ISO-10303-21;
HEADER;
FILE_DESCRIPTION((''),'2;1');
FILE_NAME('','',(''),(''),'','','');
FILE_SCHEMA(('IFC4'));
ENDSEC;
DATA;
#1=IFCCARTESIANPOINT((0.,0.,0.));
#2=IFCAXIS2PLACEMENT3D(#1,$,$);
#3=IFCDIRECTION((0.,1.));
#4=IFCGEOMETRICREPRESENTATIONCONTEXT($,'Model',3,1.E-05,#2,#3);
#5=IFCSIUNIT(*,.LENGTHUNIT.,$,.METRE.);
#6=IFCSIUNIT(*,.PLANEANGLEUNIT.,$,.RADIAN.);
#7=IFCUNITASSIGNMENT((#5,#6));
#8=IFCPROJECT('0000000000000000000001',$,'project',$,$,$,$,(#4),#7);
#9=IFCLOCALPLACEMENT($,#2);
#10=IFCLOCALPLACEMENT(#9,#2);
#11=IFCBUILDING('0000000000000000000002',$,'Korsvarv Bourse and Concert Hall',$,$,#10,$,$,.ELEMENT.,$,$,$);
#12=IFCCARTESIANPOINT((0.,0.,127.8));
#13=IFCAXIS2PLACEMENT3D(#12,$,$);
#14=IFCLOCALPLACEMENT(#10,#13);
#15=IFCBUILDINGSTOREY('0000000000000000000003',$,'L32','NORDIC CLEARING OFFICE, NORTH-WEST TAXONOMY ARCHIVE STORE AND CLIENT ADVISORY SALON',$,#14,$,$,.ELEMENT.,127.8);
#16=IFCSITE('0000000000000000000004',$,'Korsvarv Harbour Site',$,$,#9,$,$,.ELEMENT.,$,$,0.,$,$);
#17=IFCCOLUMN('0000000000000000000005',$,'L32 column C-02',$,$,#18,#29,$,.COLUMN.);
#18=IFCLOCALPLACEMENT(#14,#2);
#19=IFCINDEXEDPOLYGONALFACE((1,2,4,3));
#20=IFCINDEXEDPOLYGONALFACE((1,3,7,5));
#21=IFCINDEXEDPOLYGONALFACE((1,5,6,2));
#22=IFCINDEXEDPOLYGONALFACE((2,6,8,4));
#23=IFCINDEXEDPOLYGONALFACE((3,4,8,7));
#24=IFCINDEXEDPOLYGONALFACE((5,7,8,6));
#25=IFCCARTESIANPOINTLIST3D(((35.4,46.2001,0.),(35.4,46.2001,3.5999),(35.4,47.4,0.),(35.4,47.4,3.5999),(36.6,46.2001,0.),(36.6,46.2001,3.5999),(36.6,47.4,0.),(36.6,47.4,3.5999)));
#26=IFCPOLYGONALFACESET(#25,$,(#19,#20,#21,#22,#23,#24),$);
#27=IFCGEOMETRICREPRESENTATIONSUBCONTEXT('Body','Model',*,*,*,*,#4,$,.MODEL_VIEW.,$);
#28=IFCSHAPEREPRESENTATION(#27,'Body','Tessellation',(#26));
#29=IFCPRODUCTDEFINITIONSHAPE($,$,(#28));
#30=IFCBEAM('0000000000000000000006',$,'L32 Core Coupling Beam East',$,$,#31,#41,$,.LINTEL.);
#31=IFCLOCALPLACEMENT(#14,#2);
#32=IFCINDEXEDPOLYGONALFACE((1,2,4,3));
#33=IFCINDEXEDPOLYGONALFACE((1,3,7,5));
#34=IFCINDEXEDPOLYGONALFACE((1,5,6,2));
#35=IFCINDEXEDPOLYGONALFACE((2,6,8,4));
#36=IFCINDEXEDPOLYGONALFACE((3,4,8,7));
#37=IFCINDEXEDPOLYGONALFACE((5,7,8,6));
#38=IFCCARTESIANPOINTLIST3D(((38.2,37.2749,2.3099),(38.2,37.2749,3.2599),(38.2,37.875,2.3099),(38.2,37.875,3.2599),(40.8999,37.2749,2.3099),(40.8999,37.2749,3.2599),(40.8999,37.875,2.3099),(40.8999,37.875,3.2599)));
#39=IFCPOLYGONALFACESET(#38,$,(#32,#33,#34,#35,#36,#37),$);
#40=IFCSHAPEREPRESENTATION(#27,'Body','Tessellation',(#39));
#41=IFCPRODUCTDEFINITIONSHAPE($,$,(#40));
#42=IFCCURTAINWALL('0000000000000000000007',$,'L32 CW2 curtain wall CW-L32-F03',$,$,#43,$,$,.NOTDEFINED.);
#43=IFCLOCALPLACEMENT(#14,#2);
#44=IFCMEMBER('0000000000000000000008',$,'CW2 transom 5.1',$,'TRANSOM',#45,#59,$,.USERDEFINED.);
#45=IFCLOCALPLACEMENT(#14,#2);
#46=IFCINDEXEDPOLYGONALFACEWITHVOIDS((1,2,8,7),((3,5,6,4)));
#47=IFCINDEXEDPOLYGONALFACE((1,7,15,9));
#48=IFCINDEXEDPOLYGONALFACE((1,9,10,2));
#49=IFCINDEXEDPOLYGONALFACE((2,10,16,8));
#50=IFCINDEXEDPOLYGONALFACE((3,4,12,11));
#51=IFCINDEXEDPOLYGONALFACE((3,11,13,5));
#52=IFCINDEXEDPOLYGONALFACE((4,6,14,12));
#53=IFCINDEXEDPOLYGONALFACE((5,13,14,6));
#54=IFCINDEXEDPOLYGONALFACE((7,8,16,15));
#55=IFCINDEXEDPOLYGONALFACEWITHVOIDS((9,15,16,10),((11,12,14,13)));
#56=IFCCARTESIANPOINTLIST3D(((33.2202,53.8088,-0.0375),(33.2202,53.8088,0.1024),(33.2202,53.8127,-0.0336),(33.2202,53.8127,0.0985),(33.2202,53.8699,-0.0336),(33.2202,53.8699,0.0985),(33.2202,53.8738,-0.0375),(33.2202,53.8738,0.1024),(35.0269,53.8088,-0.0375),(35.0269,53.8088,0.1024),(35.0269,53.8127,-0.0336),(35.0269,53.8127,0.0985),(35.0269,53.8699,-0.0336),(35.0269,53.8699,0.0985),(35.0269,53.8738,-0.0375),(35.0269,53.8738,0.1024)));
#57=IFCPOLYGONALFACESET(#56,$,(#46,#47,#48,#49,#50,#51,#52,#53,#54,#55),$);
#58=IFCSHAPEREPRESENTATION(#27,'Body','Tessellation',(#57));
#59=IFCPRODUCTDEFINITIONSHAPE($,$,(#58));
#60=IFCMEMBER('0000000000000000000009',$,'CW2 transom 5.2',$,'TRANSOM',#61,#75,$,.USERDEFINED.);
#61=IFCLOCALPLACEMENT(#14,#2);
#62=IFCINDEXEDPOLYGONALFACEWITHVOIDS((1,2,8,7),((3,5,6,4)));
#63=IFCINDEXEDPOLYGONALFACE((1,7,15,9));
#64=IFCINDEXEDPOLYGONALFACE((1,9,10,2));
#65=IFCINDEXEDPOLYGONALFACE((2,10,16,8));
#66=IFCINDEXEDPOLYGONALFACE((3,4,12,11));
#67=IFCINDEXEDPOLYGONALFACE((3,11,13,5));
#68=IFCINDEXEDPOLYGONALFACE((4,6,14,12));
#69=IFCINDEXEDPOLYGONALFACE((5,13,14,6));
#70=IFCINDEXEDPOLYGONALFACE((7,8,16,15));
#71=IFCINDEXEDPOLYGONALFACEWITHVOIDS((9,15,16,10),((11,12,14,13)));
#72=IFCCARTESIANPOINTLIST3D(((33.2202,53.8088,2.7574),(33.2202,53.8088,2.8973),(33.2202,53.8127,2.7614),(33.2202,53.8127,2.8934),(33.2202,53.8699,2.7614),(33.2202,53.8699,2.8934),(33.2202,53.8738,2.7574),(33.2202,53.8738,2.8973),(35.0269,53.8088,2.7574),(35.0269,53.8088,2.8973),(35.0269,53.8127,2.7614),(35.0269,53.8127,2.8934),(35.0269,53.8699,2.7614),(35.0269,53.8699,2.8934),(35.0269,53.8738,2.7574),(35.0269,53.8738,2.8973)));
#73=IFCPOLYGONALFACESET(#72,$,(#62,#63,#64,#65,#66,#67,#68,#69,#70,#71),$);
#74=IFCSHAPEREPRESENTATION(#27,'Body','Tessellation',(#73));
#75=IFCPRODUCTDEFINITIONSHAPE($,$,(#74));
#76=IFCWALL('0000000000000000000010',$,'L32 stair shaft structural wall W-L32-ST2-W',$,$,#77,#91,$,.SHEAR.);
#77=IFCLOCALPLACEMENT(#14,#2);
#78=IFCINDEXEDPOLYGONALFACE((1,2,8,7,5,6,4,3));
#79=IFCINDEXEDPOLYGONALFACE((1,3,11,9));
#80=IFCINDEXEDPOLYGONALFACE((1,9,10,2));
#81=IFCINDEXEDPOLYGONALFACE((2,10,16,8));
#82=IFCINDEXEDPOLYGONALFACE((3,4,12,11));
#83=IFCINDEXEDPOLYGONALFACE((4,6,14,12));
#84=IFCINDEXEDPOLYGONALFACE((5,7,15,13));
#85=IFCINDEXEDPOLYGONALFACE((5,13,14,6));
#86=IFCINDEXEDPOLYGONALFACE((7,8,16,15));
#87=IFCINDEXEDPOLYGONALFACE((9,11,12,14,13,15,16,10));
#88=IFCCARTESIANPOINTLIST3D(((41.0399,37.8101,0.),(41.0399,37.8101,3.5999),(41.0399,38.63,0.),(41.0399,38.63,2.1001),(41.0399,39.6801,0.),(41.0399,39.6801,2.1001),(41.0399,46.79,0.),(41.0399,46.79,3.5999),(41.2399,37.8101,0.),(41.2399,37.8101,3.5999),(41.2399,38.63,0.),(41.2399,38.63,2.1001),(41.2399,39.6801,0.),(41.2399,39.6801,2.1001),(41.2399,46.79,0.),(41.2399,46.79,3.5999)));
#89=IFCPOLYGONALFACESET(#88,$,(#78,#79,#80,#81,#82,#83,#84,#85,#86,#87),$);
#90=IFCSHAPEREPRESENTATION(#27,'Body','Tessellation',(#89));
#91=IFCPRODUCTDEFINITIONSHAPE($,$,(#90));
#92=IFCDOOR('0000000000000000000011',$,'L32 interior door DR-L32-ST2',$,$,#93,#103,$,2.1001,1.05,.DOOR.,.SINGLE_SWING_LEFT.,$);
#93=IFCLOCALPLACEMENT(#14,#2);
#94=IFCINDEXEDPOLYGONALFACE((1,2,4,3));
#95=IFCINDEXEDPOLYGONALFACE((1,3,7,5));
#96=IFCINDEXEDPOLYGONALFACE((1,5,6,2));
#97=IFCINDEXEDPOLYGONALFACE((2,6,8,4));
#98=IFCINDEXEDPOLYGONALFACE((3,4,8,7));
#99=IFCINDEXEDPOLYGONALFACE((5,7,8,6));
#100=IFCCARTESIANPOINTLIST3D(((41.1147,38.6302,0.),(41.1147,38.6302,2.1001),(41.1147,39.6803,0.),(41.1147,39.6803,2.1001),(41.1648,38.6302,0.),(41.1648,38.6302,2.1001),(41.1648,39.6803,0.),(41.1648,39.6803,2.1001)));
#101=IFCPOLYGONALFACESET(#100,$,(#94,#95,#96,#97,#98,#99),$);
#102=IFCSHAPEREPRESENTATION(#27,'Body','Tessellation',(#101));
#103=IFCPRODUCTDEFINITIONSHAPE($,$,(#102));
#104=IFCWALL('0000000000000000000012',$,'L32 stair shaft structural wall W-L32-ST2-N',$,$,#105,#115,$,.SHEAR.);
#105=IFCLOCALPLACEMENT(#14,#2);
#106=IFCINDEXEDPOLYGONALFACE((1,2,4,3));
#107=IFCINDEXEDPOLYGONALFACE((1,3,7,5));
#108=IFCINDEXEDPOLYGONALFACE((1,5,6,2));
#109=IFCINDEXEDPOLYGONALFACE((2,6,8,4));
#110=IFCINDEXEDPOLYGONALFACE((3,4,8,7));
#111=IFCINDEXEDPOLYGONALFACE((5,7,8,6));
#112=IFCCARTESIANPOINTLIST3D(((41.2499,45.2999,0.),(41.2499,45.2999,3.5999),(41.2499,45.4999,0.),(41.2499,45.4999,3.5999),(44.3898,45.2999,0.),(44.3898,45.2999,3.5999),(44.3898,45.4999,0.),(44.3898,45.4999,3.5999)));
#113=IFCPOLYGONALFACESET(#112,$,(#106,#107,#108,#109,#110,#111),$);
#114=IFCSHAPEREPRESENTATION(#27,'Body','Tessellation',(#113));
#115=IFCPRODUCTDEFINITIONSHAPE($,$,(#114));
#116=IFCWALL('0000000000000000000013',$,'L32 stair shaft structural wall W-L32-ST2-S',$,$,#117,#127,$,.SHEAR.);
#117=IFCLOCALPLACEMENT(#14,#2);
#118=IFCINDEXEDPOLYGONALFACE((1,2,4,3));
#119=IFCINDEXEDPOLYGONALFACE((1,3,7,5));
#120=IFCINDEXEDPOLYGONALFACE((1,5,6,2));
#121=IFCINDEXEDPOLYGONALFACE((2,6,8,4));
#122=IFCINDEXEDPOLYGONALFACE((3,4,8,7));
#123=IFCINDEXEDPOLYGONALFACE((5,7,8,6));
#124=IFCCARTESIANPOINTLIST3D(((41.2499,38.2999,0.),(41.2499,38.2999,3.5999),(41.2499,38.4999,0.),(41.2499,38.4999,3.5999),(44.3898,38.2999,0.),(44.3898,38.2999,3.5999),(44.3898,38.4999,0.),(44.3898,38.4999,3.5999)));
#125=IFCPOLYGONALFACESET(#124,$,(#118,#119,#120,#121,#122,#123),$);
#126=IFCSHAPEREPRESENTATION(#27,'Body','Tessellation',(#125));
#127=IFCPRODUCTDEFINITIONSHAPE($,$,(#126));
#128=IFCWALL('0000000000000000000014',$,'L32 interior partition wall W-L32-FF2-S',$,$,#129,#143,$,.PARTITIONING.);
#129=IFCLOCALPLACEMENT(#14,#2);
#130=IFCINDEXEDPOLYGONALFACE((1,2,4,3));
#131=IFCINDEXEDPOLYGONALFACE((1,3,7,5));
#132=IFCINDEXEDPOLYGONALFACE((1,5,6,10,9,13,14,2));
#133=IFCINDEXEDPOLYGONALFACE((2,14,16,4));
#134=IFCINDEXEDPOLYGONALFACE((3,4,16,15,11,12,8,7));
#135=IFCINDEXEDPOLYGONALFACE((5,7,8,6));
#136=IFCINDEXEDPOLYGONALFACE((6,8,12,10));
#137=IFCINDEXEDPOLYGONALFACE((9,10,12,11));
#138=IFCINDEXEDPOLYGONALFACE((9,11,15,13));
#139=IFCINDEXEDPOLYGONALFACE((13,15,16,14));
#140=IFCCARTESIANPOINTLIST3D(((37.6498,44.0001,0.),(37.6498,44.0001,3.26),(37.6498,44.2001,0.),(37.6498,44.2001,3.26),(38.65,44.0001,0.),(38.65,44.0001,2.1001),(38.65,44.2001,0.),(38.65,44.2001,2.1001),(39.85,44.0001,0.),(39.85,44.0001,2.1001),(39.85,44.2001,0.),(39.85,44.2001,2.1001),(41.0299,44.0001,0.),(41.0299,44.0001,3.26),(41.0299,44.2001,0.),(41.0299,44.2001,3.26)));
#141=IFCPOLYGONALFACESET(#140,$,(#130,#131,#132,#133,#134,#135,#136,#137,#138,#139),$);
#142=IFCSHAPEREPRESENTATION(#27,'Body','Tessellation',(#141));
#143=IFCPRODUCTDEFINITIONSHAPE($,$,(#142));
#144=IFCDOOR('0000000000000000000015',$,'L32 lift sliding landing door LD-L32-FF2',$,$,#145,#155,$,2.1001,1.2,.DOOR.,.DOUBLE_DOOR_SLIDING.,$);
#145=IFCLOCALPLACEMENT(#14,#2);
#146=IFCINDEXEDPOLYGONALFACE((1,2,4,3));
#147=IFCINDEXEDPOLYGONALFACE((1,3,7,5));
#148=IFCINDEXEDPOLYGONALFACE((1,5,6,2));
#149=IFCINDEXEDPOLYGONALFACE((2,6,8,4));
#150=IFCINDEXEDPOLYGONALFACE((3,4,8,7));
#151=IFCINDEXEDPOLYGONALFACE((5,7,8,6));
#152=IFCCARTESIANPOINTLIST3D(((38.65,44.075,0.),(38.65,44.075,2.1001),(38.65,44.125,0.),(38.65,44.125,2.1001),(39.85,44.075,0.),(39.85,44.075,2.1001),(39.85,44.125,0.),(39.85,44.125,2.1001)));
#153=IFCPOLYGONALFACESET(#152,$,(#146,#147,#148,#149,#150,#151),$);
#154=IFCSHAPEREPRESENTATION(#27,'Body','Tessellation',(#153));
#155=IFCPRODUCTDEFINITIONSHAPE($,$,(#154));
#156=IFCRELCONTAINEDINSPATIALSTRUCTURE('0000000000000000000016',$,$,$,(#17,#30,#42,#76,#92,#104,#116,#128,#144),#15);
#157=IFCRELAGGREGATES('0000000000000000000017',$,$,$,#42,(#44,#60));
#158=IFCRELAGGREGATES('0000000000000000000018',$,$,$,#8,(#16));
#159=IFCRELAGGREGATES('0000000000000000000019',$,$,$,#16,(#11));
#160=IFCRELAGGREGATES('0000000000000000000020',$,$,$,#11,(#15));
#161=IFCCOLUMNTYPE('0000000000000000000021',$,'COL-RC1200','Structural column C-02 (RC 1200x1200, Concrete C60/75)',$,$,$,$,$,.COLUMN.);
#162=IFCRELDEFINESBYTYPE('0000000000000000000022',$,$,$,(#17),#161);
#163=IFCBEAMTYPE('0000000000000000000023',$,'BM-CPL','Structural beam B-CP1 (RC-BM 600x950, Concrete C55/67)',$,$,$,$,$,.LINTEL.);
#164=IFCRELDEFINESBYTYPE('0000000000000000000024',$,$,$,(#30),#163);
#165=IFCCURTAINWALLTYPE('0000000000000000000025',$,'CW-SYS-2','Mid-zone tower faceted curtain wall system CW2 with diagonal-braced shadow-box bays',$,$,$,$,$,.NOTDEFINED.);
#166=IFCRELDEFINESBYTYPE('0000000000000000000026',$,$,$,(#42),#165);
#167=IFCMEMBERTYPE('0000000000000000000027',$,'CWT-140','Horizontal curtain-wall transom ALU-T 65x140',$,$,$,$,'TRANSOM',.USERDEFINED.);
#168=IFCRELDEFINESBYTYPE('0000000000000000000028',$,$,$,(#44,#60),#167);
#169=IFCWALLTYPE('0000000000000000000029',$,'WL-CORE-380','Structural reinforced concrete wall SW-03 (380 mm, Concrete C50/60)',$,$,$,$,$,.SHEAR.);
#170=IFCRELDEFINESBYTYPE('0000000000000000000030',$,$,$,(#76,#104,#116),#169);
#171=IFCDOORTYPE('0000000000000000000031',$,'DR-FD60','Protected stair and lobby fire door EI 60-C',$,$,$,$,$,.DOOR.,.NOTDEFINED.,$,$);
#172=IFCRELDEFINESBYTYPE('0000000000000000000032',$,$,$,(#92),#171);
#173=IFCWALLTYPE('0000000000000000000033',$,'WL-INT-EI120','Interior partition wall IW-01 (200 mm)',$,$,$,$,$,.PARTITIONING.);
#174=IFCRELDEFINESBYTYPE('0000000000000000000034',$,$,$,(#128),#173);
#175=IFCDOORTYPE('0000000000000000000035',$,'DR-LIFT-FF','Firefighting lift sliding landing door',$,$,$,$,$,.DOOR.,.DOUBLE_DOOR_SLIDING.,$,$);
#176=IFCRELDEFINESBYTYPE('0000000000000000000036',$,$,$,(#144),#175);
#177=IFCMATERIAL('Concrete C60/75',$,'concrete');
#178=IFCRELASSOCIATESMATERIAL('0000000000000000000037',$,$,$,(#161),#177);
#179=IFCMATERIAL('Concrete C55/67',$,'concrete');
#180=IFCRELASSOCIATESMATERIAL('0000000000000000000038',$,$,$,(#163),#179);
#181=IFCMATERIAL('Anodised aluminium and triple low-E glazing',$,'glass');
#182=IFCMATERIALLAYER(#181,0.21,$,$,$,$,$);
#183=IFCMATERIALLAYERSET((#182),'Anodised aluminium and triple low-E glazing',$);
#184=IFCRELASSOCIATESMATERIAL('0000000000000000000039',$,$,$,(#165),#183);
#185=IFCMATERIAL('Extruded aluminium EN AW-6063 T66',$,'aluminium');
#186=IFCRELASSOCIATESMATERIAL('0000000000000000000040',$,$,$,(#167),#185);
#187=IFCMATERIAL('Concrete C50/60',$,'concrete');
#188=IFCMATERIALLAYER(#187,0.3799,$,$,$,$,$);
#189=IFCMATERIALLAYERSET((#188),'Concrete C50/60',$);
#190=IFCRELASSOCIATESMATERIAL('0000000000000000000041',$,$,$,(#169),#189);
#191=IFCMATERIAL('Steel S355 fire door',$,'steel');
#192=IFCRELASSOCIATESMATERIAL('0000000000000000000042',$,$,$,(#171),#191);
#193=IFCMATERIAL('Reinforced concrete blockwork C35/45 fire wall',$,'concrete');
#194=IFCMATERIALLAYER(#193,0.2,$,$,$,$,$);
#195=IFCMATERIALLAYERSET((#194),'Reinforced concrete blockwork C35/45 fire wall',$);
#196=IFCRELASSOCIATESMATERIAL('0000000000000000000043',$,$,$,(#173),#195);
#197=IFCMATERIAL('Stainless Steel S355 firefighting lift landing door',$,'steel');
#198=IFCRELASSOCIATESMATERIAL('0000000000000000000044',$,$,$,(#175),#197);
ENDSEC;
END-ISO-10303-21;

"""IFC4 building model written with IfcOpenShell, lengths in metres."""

from ifc_helpers import new_model, si_unit, direction, frame, frame_2d, origin, origin_2d, place, context, subcontext, project, spatial, rectangle, hollow_rectangle, extrude, source, transform, mapped, material, layer, layer_set, material_profile, profile_set, type_object, element, fill, aggregate, save


model = new_model("IFC4")

# Units and contexts
model_context = context("Model", 3, precision=1e-05, world=origin(), true_north=direction((0.0, 1.0)))
body_context = subcontext(model_context, "Body", "Model", "MODEL_VIEW")
ifc_project = project(units=[si_unit("LENGTHUNIT", "METRE"), si_unit("PLANEANGLEUNIT", "RADIAN")], contexts=[model_context])

# Site, building, storey
site_placement = place(None, origin())
site = spatial("IfcSite", under=ifc_project, at=site_placement, Name="Korsvarv Harbour Site", CompositionType="ELEMENT", RefElevation=0.0)
building_placement = place(site_placement, origin())
building = spatial("IfcBuilding", under=site, at=building_placement, Name="Korsvarv Bourse and Concert Hall", CompositionType="ELEMENT")
storey_placement = place(building_placement, frame((0.0, 0.0, 127.8)))
storey = spatial("IfcBuildingStorey", under=building, at=storey_placement, Name="L32", Description="NORDIC CLEARING OFFICE, NORTH-WEST TAXONOMY ARCHIVE STORE AND CLIENT ADVISORY SALON", CompositionType="ELEMENT", Elevation=127.8)

# Column
ifc_material_1 = material(Name="Concrete C60/75", Category="concrete")
ifc_material_profile_1 = material_profile(ifc_material_1, rectangle(XDim=1.2, YDim=1.2, at=origin_2d()), Name="RC 1200x1200")
ifc_profile_set_1 = profile_set([ifc_material_profile_1], Name="Concrete C60/75")
column_type = type_object("IfcColumnType", Name="COL-RC1200", Description="Structural column C-02 (RC 1200x1200, Concrete C60/75)", PredefinedType="COLUMN", material=ifc_profile_set_1)
shared_shape_1 = source(origin(), body_context, "Body", "SweptSolid", [
    extrude(rectangle(XDim=1.2, YDim=1.2, at=origin_2d()), origin(), (0.0, 0.0, 1.0), 3.5999),
])
column_placement = place(storey_placement, frame((36.0, 46.8, 0.0), z_axis=(0.0, 0.0, 1.0), x_axis=(1.0, 0.0, 0.0)))
element("IfcColumn", 1, at=column_placement, inside=storey, type_object=column_type, Name="L32 column C-02", PredefinedType="COLUMN", context=body_context, shape_type="MappedRepresentation", body=[
    mapped(shared_shape_1, transform((0.0, 0.0, 0.0), scale=1.0)),
])

# Beam
ifc_material_2 = material(Name="Concrete C55/67", Category="concrete")
ifc_material_profile_2 = material_profile(ifc_material_2, rectangle(XDim=0.6001, YDim=0.95, at=origin_2d()), Name="RC-BM 600x950")
ifc_profile_set_2 = profile_set([ifc_material_profile_2], Name="Concrete C55/67")
beam_type = type_object("IfcBeamType", Name="BM-CPL", Description="Structural beam B-CP1 (RC-BM 600x950, Concrete C55/67)", PredefinedType="LINTEL", material=ifc_profile_set_2)
shared_shape_2 = source(origin(), body_context, "Body", "SweptSolid", [
    extrude(rectangle(XDim=0.6001, YDim=0.95, at=origin_2d()), origin(), (0.0, 0.0, 1.0), 2.7),
])
beam_placement = place(storey_placement, frame((38.2, 37.575, 2.7849), z_axis=(1.0, 0.0, 0.0), x_axis=(0.0, 1.0, 0.0)))
element("IfcBeam", 2, at=beam_placement, inside=storey, type_object=beam_type, Name="L32 Core Coupling Beam East", PredefinedType="LINTEL", context=body_context, shape_type="MappedRepresentation", body=[
    mapped(shared_shape_2, transform((0.0, 0.0, 0.0), scale=1.0)),
])

# Curtain wall, members
ifc_material_3 = material(Name="Anodised aluminium and triple low-E glazing", Category="glass")
ifc_layer_1 = layer(ifc_material_3, 0.21)
ifc_layer_set_1 = layer_set([ifc_layer_1], Name="Anodised aluminium and triple low-E glazing")
curtain_wall_type = type_object("IfcCurtainWallType", Name="CW-SYS-2", Description="Mid-zone tower faceted curtain wall system CW2 with diagonal-braced shadow-box bays", PredefinedType="NOTDEFINED", material=ifc_layer_set_1)
curtain_wall_placement = place(storey_placement, origin())
curtain_wall = element("IfcCurtainWall", 3, at=curtain_wall_placement, inside=storey, type_object=curtain_wall_type, Name="L32 CW2 curtain wall CW-L32-F03", PredefinedType="NOTDEFINED")
ifc_material_4 = material(Name="Extruded aluminium EN AW-6063 T66", Category="aluminium")
ifc_material_profile_3 = material_profile(ifc_material_4, hollow_rectangle(XDim=0.0649, YDim=0.1399, WallThickness=0.0039, at=origin_2d()), Name="ALU-T 65x140")
ifc_profile_set_3 = profile_set([ifc_material_profile_3], Name="Extruded aluminium EN AW-6063 T66")
member_type = type_object("IfcMemberType", Name="CWT-140", Description="Horizontal curtain-wall transom ALU-T 65x140", ElementType="TRANSOM", PredefinedType="USERDEFINED", material=ifc_profile_set_3)
shared_shape_3 = source(origin(), body_context, "Body", "SweptSolid", [
    extrude(hollow_rectangle(XDim=0.0649, YDim=0.1399, WallThickness=0.0039, at=origin_2d()), origin(), (0.0, 0.0, 1.0), 1.8066),
])
member_1_placement = place(storey_placement, frame((35.0269, 53.8413, 0.0325), z_axis=(-1.0, 0.0, 0.0), x_axis=(0.0, -1.0, 0.0)))
member_1 = element("IfcMember", 4, at=member_1_placement, type_object=member_type, Name="CW2 transom 5.1", ObjectType="TRANSOM", PredefinedType="USERDEFINED", context=body_context, shape_type="MappedRepresentation", body=[
    mapped(shared_shape_3, transform((0.0, 0.0, 0.0), scale=1.0)),
])
member_2_placement = place(storey_placement, frame((35.0269, 53.8413, 2.8274), z_axis=(-1.0, 0.0, 0.0), x_axis=(0.0, -1.0, 0.0)))
member_2 = element("IfcMember", 5, at=member_2_placement, type_object=member_type, Name="CW2 transom 5.2", ObjectType="TRANSOM", PredefinedType="USERDEFINED", context=body_context, shape_type="MappedRepresentation", body=[
    mapped(shared_shape_3, transform((0.0, 0.0, 0.0), scale=1.0)),
])
aggregate(curtain_wall, [member_1, member_2])

# Wall, opening, door
ifc_material_5 = material(Name="Concrete C50/60", Category="concrete")
ifc_layer_2 = layer(ifc_material_5, 0.3799)
ifc_layer_set_2 = layer_set([ifc_layer_2], Name="Concrete C50/60")
wall_type_1 = type_object("IfcWallType", Name="WL-CORE-380", Description="Structural reinforced concrete wall SW-03 (380 mm, Concrete C50/60)", PredefinedType="SHEAR", material=ifc_layer_set_2)
wall_1_placement = place(storey_placement, frame((41.1399, 37.8101, 0.0), z_axis=(0.0, 0.0, 1.0), x_axis=(0.0, 1.0, 0.0)))
wall_1 = element("IfcWall", 6, at=wall_1_placement, inside=storey, type_object=wall_type_1, Name="L32 stair shaft structural wall W-L32-ST2-W", PredefinedType="SHEAR", context=body_context, shape_type="SweptSolid", body=[
    extrude(rectangle(XDim=8.98, YDim=0.2, at=frame_2d((4.49, 0.0))), origin(), (0.0, 0.0, 1.0), 3.5999),
])
opening_1_placement = place(wall_1_placement, frame((0.8201, 0.0, 0.0)))
opening_1 = element("IfcOpeningElement", 7, at=opening_1_placement, cuts=wall_1, PredefinedType="OPENING", context=body_context, shape_type="SweptSolid", body=[
    extrude(rectangle(XDim=1.05, YDim=2.1001, at=frame_2d((0.5249, 1.05))), frame((0.0, 0.1099, 0.0), z_axis=(0.0, -1.0, 0.0), x_axis=(1.0, 0.0, 0.0)), (0.0, 0.0, 1.0), 0.22),
])
ifc_material_6 = material(Name="Steel S355 fire door", Category="steel")
door_type_1 = type_object("IfcDoorType", Name="DR-FD60", Description="Protected stair and lobby fire door EI 60-C", OperationType="NOTDEFINED", PredefinedType="DOOR", material=ifc_material_6)
door_1_placement = place(opening_1_placement, frame((1.05, 0.0, 0.0), z_axis=(0.0, 0.0, 1.0), x_axis=(-1.0, 0.0, 0.0)))
door_1 = element("IfcDoor", 8, at=door_1_placement, inside=storey, type_object=door_type_1, Name="L32 interior door DR-L32-ST2", OperationType="SINGLE_SWING_LEFT", OverallHeight=2.1001, OverallWidth=1.05, PredefinedType="DOOR", context=body_context, shape_type="SweptSolid", body=[
    extrude(rectangle(XDim=1.05, YDim=2.1001, at=frame_2d((0.5249, 1.05))), frame((0.0, 0.0249, 0.0), z_axis=(0.0, -1.0, 0.0), x_axis=(1.0, 0.0, 0.0)), (0.0, 0.0, 1.0), 0.05),
])
fill(opening_1, door_1)

# Walls
for number, where, z_axis, x_axis, name in (
    (9, (41.25, 45.3999, 0.0), (0.0, 0.0, 1.0), (1.0, 0.0, 0.0), "L32 stair shaft structural wall W-L32-ST2-N"),
    (10, (41.25, 38.3999, 0.0), (0.0, 0.0, 1.0), (1.0, 0.0, 0.0), "L32 stair shaft structural wall W-L32-ST2-S"),
):
    element("IfcWall", number, at=place(storey_placement, frame(where, z_axis=z_axis, x_axis=x_axis)), inside=storey, type_object=wall_type_1, Name=name, PredefinedType="SHEAR", context=body_context, shape_type="SweptSolid", body=[
        extrude(rectangle(XDim=3.1399, YDim=0.2, at=frame_2d((1.5698, 0.0))), origin(), (0.0, 0.0, 1.0), 3.5999),
    ])

# Wall, opening, door
ifc_material_7 = material(Name="Reinforced concrete blockwork C35/45 fire wall", Category="concrete")
ifc_layer_3 = layer(ifc_material_7, 0.2)
ifc_layer_set_3 = layer_set([ifc_layer_3], Name="Reinforced concrete blockwork C35/45 fire wall")
wall_type_2 = type_object("IfcWallType", Name="WL-INT-EI120", Description="Interior partition wall IW-01 (200 mm)", PredefinedType="PARTITIONING", material=ifc_layer_set_3)
wall_2_placement = place(storey_placement, frame((37.6499, 44.1001, 0.0), z_axis=(0.0, 0.0, 1.0), x_axis=(1.0, 0.0, 0.0)))
wall_2 = element("IfcWall", 11, at=wall_2_placement, inside=storey, type_object=wall_type_2, Name="L32 interior partition wall W-L32-FF2-S", PredefinedType="PARTITIONING", context=body_context, shape_type="SweptSolid", body=[
    extrude(rectangle(XDim=3.3801, YDim=0.2, at=frame_2d((1.6899, 0.0))), origin(), (0.0, 0.0, 1.0), 3.26),
])
opening_2_placement = place(wall_2_placement, frame((1.0, 0.0, 0.0)))
opening_2 = element("IfcOpeningElement", 12, at=opening_2_placement, cuts=wall_2, PredefinedType="OPENING", context=body_context, shape_type="SweptSolid", body=[
    extrude(rectangle(XDim=1.2, YDim=2.1001, at=frame_2d((0.6001, 1.05))), frame((0.0, 0.1099, 0.0), z_axis=(0.0, -1.0, 0.0), x_axis=(1.0, 0.0, 0.0)), (0.0, 0.0, 1.0), 0.22),
])
ifc_material_8 = material(Name="Stainless Steel S355 firefighting lift landing door", Category="steel")
door_type_2 = type_object("IfcDoorType", Name="DR-LIFT-FF", Description="Firefighting lift sliding landing door", OperationType="DOUBLE_DOOR_SLIDING", PredefinedType="DOOR", material=ifc_material_8)
door_2_placement = place(opening_2_placement, origin())
door_2 = element("IfcDoor", 13, at=door_2_placement, inside=storey, type_object=door_type_2, Name="L32 lift sliding landing door LD-L32-FF2", OperationType="DOUBLE_DOOR_SLIDING", OverallHeight=2.1001, OverallWidth=1.2, PredefinedType="DOOR", context=body_context, shape_type="SweptSolid", body=[
    extrude(rectangle(XDim=1.2, YDim=2.1001, at=frame_2d((0.6001, 1.05))), frame((0.0, 0.0249, 0.0), z_axis=(0.0, -1.0, 0.0), x_axis=(1.0, 0.0, 0.0)), (0.0, 0.0, 1.0), 0.05),
])
fill(opening_2, door_2)

save(model, "model.ifc")
